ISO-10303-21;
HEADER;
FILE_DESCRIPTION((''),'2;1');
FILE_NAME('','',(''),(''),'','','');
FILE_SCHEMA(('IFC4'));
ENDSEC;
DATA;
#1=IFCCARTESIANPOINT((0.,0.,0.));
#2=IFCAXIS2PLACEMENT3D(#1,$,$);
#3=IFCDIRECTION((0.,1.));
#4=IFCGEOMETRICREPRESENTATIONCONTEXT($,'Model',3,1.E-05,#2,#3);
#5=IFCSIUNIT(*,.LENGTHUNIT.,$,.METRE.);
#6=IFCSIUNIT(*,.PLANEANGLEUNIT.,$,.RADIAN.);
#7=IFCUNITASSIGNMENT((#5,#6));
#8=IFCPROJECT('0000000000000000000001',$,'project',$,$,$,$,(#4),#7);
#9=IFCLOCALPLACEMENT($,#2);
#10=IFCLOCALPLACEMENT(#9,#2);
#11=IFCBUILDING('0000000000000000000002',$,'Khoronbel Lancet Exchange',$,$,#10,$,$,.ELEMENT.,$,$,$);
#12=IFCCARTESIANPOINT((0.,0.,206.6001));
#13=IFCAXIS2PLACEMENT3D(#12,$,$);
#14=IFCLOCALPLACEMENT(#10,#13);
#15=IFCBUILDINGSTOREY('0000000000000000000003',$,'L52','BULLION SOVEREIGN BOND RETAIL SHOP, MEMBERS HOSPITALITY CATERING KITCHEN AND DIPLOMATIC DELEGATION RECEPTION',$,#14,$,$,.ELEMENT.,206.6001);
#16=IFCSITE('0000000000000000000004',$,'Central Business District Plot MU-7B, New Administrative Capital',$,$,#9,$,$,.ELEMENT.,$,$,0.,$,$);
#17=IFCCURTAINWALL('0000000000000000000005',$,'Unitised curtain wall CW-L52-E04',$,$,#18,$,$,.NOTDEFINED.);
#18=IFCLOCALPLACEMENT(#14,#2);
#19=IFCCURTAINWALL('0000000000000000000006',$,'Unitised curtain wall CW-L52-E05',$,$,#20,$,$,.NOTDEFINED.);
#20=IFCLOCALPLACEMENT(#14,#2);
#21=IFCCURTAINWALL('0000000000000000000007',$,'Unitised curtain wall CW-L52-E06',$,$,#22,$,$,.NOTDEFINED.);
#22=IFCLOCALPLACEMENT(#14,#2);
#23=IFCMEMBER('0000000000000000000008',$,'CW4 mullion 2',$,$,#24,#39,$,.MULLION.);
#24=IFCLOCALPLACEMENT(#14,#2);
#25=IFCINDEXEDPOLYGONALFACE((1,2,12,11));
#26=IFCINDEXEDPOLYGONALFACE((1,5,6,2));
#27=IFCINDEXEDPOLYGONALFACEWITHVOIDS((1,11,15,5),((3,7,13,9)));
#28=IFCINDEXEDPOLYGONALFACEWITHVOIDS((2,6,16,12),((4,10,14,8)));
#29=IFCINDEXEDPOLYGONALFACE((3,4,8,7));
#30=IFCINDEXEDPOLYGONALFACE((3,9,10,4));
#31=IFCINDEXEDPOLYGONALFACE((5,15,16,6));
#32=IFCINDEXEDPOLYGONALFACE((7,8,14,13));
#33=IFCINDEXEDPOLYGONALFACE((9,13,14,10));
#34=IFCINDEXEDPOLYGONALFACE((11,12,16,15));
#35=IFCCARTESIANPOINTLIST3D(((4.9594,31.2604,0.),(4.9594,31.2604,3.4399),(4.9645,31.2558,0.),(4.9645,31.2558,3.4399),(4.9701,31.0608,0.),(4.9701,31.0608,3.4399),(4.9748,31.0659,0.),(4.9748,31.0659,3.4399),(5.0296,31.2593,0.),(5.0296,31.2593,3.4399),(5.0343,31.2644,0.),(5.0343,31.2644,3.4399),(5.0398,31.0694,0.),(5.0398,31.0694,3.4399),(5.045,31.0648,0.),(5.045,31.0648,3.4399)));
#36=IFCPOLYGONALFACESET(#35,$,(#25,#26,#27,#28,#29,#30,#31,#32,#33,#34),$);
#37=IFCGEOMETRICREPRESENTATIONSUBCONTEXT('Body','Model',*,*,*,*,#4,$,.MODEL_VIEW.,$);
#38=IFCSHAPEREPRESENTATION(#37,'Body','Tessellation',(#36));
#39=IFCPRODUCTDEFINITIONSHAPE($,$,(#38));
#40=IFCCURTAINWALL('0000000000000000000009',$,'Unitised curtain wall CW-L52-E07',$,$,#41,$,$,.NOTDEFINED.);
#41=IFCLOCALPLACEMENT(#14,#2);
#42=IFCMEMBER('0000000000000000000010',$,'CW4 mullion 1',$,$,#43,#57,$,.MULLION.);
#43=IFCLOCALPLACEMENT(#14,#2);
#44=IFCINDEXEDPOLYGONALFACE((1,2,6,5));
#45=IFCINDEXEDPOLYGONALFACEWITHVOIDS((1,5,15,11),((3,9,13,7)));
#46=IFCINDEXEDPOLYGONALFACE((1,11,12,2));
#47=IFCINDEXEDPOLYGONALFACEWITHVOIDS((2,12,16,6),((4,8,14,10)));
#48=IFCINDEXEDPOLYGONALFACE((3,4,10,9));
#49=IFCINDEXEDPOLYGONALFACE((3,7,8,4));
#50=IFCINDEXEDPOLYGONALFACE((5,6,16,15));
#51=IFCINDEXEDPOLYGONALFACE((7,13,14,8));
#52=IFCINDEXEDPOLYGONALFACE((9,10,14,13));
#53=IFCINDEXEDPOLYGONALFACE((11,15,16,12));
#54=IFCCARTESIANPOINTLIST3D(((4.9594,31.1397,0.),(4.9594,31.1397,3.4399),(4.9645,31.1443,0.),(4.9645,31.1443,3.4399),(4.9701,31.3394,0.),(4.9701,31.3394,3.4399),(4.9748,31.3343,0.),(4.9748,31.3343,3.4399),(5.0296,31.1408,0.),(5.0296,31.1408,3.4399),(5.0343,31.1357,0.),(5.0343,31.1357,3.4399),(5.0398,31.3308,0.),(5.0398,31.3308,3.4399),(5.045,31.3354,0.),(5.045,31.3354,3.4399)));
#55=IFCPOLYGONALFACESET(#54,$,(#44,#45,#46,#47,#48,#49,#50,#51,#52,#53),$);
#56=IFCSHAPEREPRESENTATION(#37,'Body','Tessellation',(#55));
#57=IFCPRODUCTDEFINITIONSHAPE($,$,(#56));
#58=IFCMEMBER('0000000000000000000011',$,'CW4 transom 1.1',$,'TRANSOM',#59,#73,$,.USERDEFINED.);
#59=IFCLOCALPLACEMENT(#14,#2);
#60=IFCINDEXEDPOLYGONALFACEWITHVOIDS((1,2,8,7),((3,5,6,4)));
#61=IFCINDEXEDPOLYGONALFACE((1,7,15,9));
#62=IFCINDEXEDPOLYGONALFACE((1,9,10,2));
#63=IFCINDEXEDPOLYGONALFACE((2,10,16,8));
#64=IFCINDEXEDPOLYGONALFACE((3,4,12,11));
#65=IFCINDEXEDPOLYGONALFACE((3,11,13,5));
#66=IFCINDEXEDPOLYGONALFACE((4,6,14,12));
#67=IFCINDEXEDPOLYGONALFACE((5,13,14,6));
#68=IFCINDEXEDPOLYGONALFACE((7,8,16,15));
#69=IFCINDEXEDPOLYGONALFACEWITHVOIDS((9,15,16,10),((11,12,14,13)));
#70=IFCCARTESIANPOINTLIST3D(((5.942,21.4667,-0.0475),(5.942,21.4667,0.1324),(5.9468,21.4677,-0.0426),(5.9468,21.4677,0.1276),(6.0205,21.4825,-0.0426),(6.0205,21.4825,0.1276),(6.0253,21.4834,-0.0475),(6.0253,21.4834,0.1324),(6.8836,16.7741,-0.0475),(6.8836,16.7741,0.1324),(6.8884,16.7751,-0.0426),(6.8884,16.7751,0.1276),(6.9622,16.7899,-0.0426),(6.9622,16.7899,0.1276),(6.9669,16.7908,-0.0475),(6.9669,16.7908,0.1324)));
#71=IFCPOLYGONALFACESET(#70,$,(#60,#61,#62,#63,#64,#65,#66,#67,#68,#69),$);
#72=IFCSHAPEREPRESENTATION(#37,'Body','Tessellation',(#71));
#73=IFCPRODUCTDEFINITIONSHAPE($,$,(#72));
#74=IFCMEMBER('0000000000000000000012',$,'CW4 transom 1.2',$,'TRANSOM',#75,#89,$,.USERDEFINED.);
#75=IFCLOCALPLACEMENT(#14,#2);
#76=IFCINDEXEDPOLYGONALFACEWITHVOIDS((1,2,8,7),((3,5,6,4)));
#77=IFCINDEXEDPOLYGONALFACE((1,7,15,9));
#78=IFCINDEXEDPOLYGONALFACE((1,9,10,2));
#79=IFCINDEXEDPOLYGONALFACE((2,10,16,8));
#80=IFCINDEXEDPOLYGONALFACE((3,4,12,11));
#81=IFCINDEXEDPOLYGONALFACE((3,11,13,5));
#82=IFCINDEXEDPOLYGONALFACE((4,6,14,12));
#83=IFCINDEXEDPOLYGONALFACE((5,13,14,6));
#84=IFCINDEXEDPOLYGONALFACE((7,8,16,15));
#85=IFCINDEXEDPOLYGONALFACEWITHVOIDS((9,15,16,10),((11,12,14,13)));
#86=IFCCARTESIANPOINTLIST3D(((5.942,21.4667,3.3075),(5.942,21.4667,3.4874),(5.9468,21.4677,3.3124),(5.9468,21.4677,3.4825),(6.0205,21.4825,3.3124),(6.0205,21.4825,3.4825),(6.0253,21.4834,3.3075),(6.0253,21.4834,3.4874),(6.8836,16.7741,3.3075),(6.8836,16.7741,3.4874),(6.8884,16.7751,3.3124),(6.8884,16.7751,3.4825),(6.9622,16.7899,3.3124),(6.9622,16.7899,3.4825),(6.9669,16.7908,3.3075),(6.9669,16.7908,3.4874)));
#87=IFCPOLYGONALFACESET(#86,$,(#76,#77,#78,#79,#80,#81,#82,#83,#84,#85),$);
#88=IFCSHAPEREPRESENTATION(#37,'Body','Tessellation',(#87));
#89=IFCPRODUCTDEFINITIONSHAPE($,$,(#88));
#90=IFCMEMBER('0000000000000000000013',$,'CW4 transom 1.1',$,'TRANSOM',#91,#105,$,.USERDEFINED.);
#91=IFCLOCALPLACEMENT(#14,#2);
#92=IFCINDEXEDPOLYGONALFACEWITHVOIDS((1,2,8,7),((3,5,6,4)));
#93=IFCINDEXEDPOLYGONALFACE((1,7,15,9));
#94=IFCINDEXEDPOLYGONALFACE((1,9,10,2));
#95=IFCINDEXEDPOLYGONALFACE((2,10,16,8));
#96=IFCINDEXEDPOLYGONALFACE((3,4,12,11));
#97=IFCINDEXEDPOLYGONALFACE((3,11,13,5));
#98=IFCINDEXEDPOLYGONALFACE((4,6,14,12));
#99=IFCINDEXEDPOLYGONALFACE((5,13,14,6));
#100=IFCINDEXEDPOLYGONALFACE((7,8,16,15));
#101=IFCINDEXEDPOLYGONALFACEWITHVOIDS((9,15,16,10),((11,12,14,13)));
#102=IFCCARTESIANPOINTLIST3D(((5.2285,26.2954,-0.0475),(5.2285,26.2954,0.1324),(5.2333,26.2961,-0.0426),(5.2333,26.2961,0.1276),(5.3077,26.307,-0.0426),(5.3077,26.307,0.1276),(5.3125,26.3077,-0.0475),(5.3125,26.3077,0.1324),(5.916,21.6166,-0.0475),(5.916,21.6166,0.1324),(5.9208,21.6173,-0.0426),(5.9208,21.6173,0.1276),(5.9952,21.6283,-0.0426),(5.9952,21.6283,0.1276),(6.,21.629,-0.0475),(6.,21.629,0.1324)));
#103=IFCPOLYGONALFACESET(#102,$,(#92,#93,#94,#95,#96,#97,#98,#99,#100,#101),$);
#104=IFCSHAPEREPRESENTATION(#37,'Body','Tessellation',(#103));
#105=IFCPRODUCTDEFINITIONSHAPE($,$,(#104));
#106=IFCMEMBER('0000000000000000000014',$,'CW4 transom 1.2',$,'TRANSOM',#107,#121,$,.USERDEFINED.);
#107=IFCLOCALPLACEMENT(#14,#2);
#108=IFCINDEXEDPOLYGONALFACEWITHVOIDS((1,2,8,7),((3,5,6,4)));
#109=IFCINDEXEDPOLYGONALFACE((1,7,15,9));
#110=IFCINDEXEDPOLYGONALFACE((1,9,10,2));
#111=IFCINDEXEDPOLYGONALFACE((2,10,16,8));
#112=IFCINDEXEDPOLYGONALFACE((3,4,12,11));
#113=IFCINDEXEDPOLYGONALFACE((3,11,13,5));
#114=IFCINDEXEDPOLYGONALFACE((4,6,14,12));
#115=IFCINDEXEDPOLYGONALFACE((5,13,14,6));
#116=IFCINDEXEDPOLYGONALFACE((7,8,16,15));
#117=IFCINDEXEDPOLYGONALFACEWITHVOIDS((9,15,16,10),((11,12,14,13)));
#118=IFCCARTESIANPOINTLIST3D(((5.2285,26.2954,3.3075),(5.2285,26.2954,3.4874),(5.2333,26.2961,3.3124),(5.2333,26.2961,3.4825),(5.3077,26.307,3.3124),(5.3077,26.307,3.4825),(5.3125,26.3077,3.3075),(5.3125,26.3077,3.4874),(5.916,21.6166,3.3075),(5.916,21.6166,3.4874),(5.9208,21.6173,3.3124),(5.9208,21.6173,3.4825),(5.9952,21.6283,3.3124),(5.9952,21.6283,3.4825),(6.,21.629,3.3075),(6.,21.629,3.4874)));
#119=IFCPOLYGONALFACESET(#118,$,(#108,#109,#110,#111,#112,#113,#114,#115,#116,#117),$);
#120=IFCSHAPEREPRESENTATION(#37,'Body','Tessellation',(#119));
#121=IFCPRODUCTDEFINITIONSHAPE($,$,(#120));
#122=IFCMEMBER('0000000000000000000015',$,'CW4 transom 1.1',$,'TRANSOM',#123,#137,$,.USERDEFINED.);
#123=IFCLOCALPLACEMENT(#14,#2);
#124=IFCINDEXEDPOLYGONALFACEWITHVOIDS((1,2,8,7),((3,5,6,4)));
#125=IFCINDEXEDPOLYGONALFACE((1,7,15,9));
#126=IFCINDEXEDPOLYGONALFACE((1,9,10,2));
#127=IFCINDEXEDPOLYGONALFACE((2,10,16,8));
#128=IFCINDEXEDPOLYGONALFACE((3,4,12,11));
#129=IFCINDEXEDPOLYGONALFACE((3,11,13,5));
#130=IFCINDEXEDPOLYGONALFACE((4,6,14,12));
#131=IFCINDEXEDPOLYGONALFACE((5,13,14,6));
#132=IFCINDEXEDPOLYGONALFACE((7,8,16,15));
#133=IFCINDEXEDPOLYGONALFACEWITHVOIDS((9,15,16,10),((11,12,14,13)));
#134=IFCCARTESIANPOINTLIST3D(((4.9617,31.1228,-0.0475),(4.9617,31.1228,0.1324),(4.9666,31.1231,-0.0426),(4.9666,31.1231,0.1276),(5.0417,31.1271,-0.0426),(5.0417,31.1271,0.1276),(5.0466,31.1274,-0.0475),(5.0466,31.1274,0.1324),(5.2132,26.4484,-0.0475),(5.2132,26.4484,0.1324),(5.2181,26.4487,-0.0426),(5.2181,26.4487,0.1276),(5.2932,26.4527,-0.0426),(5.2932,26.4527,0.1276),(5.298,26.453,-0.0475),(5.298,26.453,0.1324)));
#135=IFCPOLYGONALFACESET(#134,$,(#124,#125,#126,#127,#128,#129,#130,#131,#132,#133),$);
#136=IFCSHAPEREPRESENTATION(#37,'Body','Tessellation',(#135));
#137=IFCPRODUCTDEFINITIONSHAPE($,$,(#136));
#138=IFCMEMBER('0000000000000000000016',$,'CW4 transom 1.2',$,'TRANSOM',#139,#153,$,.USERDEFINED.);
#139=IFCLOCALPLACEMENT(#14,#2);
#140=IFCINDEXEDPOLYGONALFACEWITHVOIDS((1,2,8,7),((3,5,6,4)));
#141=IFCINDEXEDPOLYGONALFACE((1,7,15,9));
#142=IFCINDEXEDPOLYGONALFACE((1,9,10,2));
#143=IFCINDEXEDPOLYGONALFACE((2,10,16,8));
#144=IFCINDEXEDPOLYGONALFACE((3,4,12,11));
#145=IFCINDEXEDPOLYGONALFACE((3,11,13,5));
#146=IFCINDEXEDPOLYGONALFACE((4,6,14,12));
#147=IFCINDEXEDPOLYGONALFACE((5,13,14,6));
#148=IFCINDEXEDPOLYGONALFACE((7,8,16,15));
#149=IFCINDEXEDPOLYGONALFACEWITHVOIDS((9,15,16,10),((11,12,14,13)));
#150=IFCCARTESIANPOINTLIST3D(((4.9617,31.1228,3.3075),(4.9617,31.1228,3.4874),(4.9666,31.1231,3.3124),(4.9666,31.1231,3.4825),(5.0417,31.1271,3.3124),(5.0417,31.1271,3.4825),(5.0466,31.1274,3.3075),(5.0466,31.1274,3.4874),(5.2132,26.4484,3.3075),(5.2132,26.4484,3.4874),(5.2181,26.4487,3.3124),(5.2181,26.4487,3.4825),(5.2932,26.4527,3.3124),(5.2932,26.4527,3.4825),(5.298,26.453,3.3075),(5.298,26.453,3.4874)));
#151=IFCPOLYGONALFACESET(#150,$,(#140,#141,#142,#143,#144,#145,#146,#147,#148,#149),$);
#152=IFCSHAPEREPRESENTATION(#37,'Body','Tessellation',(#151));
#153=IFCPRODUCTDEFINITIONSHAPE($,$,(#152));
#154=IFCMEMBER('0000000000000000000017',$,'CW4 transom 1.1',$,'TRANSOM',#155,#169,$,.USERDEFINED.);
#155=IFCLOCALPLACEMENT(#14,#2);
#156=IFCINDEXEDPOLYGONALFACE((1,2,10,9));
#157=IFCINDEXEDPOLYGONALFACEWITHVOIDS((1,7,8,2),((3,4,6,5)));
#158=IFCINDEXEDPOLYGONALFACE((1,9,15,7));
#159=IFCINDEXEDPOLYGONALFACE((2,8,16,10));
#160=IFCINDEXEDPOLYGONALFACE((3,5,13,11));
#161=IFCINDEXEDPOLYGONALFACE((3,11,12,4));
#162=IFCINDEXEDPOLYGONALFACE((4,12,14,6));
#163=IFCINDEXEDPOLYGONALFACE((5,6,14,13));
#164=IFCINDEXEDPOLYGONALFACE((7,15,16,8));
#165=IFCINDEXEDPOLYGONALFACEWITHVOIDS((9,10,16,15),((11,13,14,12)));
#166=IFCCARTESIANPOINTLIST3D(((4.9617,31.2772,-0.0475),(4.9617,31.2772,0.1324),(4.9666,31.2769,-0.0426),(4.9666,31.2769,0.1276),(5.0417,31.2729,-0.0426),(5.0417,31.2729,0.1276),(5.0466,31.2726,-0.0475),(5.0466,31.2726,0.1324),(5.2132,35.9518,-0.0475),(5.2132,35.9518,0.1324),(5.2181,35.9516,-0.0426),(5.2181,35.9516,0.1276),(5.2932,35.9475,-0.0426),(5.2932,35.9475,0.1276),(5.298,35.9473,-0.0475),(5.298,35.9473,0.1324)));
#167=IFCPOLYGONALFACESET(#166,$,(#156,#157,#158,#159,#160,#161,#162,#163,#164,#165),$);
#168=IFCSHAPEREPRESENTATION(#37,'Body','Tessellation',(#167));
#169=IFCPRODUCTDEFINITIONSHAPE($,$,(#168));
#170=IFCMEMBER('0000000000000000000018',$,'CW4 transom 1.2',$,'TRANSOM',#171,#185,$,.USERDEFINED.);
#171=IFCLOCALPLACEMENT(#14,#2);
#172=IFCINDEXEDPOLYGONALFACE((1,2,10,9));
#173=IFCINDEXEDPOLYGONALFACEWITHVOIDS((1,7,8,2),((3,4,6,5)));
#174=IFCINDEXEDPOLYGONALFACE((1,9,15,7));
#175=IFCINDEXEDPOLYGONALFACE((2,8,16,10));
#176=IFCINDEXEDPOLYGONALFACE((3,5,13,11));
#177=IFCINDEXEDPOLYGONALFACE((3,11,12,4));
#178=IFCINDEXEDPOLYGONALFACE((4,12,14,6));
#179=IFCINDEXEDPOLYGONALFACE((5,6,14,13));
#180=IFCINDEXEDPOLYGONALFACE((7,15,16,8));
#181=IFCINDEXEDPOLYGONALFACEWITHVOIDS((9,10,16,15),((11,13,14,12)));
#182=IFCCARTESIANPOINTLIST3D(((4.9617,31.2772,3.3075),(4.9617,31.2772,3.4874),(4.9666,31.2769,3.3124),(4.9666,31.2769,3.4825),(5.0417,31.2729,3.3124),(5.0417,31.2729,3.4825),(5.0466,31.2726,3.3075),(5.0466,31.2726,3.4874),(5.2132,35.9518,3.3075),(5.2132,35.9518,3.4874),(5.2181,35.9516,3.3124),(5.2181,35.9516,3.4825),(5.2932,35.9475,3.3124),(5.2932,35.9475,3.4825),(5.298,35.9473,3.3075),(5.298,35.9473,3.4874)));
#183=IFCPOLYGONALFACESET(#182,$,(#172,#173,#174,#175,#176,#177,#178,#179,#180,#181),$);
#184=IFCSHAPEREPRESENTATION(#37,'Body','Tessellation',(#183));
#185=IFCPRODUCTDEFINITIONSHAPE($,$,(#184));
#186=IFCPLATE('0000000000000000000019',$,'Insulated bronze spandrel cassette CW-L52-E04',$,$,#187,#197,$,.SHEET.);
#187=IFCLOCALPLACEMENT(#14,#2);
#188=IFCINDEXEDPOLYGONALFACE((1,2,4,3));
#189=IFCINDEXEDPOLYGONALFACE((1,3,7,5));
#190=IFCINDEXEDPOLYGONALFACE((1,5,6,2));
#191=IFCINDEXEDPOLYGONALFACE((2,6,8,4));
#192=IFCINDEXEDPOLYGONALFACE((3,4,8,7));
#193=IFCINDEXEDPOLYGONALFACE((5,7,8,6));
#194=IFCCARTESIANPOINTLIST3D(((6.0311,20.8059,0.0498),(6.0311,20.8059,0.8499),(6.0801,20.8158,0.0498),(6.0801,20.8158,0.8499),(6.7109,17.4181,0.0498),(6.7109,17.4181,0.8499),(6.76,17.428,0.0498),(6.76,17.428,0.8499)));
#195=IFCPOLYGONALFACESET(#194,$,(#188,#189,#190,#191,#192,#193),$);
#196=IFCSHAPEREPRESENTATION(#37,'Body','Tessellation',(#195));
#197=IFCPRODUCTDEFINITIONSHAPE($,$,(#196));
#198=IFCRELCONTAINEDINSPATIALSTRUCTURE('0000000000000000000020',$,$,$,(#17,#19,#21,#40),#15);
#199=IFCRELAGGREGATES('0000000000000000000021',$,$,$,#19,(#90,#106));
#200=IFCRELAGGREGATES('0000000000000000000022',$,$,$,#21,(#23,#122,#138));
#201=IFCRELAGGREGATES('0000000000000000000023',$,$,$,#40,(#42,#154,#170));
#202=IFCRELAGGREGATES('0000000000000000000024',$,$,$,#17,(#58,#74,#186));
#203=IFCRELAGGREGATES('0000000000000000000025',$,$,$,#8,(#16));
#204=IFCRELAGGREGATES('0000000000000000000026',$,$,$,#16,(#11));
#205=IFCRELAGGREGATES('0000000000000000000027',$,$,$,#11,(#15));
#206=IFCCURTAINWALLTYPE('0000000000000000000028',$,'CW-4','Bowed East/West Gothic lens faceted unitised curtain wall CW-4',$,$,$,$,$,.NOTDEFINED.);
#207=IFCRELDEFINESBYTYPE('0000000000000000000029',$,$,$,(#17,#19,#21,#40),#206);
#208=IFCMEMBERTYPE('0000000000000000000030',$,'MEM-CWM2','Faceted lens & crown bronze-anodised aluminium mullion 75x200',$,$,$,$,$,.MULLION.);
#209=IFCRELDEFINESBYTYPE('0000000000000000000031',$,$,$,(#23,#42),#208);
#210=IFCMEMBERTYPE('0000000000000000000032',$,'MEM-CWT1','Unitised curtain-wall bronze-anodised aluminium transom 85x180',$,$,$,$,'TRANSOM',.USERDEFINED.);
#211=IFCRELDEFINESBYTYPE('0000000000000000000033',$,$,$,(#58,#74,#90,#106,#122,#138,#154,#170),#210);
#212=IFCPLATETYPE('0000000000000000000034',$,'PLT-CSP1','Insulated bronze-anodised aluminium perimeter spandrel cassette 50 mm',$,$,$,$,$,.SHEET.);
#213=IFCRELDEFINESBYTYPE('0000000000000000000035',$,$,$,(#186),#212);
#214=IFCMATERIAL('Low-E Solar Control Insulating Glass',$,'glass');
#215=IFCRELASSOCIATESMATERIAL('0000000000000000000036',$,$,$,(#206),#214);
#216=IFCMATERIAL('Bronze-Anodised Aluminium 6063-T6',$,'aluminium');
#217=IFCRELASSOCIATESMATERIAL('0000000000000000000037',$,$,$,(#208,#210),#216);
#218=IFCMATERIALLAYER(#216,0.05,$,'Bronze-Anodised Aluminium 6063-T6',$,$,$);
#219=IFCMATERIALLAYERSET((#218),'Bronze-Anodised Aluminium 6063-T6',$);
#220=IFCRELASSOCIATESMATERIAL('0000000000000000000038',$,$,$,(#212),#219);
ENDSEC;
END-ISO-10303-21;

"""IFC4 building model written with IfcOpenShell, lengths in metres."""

from ifc_helpers import new_model, si_unit, direction, frame, origin, origin_2d, place, context, subcontext, project, spatial, rectangle, hollow_rectangle, extrude, material, layer, layer_set, material_profile, profile_set, type_object, element, aggregate, save


model = new_model("IFC4")

# Units and contexts
model_context = context("Model", 3, precision=1e-05, world=origin(), true_north=direction((0.0, 1.0)))
body_context = subcontext(model_context, "Body", "Model", "MODEL_VIEW")
ifc_project = project(units=[si_unit("LENGTHUNIT", "METRE"), si_unit("PLANEANGLEUNIT", "RADIAN")], contexts=[model_context])

# Site, building, storey
site_placement = place(None, origin())
site = spatial("IfcSite", under=ifc_project, at=site_placement, Name="Central Business District Plot MU-7B, New Administrative Capital", CompositionType="ELEMENT", RefElevation=0.0)
building_placement = place(site_placement, origin())
building = spatial("IfcBuilding", under=site, at=building_placement, Name="Khoronbel Lancet Exchange", CompositionType="ELEMENT")
storey_placement = place(building_placement, frame((0.0, 0.0, 206.6001)))
storey = spatial("IfcBuildingStorey", under=building, at=storey_placement, Name="L52", Description="BULLION SOVEREIGN BOND RETAIL SHOP, MEMBERS HOSPITALITY CATERING KITCHEN AND DIPLOMATIC DELEGATION RECEPTION", CompositionType="ELEMENT", Elevation=206.6001)

# Curtain walls, member
ifc_material_1 = material(Name="Low-E Solar Control Insulating Glass", Category="glass")
curtain_wall_type = type_object("IfcCurtainWallType", Name="CW-4", Description="Bowed East/West Gothic lens faceted unitised curtain wall CW-4", PredefinedType="NOTDEFINED", material=ifc_material_1)
curtain_wall_1_placement = place(storey_placement, origin())
curtain_wall_1 = element("IfcCurtainWall", 1, at=curtain_wall_1_placement, inside=storey, type_object=curtain_wall_type, Name="Unitised curtain wall CW-L52-E04", PredefinedType="NOTDEFINED")
ifc_material_2 = material(Name="Bronze-Anodised Aluminium 6063-T6", Category="aluminium")
ifc_material_profile_1 = material_profile(ifc_material_2, hollow_rectangle(XDim=0.075, YDim=0.2, WallThickness=0.0049, at=origin_2d()), Name="ALU MULLION 75x200")
ifc_profile_set_1 = profile_set([ifc_material_profile_1], Name="Bronze-Anodised Aluminium 6063-T6")
member_type_1 = type_object("IfcMemberType", Name="MEM-CWM2", Description="Faceted lens & crown bronze-anodised aluminium mullion 75x200", PredefinedType="MULLION", material=ifc_profile_set_1)
curtain_wall_2_placement = place(storey_placement, origin())
curtain_wall_2 = element("IfcCurtainWall", 2, at=curtain_wall_2_placement, inside=storey, type_object=curtain_wall_type, Name="Unitised curtain wall CW-L52-E05", PredefinedType="NOTDEFINED")
curtain_wall_3_placement = place(storey_placement, origin())
curtain_wall_3 = element("IfcCurtainWall", 3, at=curtain_wall_3_placement, inside=storey, type_object=curtain_wall_type, Name="Unitised curtain wall CW-L52-E06", PredefinedType="NOTDEFINED")
member_1_placement = place(storey_placement, frame((5.0022, 31.1626, 0.0), z_axis=(0.0, 0.0, 1.0), x_axis=(-0.998558, -0.053692, 0.0)))
member_1 = element("IfcMember", 4, at=member_1_placement, type_object=member_type_1, Name="CW4 mullion 2", PredefinedType="MULLION", context=body_context, shape_type="SweptSolid", body=[
    extrude(hollow_rectangle(XDim=0.075, YDim=0.2, WallThickness=0.0049, at=origin_2d()), origin(), (0.0, 0.0, 1.0), 3.4399),
])

# Curtain wall, member
curtain_wall_4_placement = place(storey_placement, origin())
curtain_wall_4 = element("IfcCurtainWall", 5, at=curtain_wall_4_placement, inside=storey, type_object=curtain_wall_type, Name="Unitised curtain wall CW-L52-E07", PredefinedType="NOTDEFINED")
member_2_placement = place(storey_placement, frame((5.0022, 31.2375, 0.0), z_axis=(0.0, 0.0, 1.0), x_axis=(-0.998558, 0.053692, 0.0)))
member_2 = element("IfcMember", 6, at=member_2_placement, type_object=member_type_1, Name="CW4 mullion 1", PredefinedType="MULLION", context=body_context, shape_type="SweptSolid", body=[
    extrude(hollow_rectangle(XDim=0.075, YDim=0.2, WallThickness=0.0049, at=origin_2d()), origin(), (0.0, 0.0, 1.0), 3.4399),
])

# Members
ifc_material_profile_2 = material_profile(ifc_material_2, hollow_rectangle(XDim=0.085, YDim=0.1799, WallThickness=0.0049, at=origin_2d()), Name="ALU TRANSOM 85x180")
ifc_profile_set_2 = profile_set([ifc_material_profile_2], Name="Bronze-Anodised Aluminium 6063-T6")
member_type_2 = type_object("IfcMemberType", Name="MEM-CWT1", Description="Unitised curtain-wall bronze-anodised aluminium transom 85x180", ElementType="TRANSOM", PredefinedType="USERDEFINED", material=ifc_profile_set_2)
member_3_placement = place(storey_placement, frame((6.9253, 16.7825, 0.0425), z_axis=(-0.196744, 0.980455, 0.0), x_axis=(-0.980455, -0.196744, 0.0)))
member_3 = element("IfcMember", 7, at=member_3_placement, type_object=member_type_2, Name="CW4 transom 1.1", ObjectType="TRANSOM", PredefinedType="USERDEFINED", context=body_context, shape_type="SweptSolid", body=[
    extrude(hollow_rectangle(XDim=0.085, YDim=0.1799, WallThickness=0.0049, at=origin_2d()), origin(), (0.0, 0.0, 1.0), 4.7861),
])
member_4_placement = place(storey_placement, frame((6.9253, 16.7825, 3.3975), z_axis=(-0.196744, 0.980455, 0.0), x_axis=(-0.980455, -0.196744, 0.0)))
member_4 = element("IfcMember", 8, at=member_4_placement, type_object=member_type_2, Name="CW4 transom 1.2", ObjectType="TRANSOM", PredefinedType="USERDEFINED", context=body_context, shape_type="SweptSolid", body=[
    extrude(hollow_rectangle(XDim=0.085, YDim=0.1799, WallThickness=0.0049, at=origin_2d()), origin(), (0.0, 0.0, 1.0), 4.7861),
])
member_5_placement = place(storey_placement, frame((5.958, 21.6228, 0.0425), z_axis=(-0.145381, 0.989376, 0.0), x_axis=(-0.989376, -0.145381, 0.0)))
member_5 = element("IfcMember", 9, at=member_5_placement, type_object=member_type_2, Name="CW4 transom 1.1", ObjectType="TRANSOM", PredefinedType="USERDEFINED", context=body_context, shape_type="SweptSolid", body=[
    extrude(hollow_rectangle(XDim=0.085, YDim=0.1799, WallThickness=0.0049, at=origin_2d()), origin(), (0.0, 0.0, 1.0), 4.729),
])
member_6_placement = place(storey_placement, frame((5.958, 21.6228, 3.3975), z_axis=(-0.145381, 0.989376, 0.0), x_axis=(-0.989376, -0.145381, 0.0)))
member_6 = element("IfcMember", 10, at=member_6_placement, type_object=member_type_2, Name="CW4 transom 1.2", ObjectType="TRANSOM", PredefinedType="USERDEFINED", context=body_context, shape_type="SweptSolid", body=[
    extrude(hollow_rectangle(XDim=0.085, YDim=0.1799, WallThickness=0.0049, at=origin_2d()), origin(), (0.0, 0.0, 1.0), 4.729),
])
member_7_placement = place(storey_placement, frame((5.2556, 26.4507, 0.0425), z_axis=(-0.053719, 0.998556, 0.0), x_axis=(-0.998556, -0.053719, 0.0)))
member_7 = element("IfcMember", 11, at=member_7_placement, type_object=member_type_2, Name="CW4 transom 1.1", ObjectType="TRANSOM", PredefinedType="USERDEFINED", context=body_context, shape_type="SweptSolid", body=[
    extrude(hollow_rectangle(XDim=0.085, YDim=0.1799, WallThickness=0.0049, at=origin_2d()), origin(), (0.0, 0.0, 1.0), 4.6812),
])
member_8_placement = place(storey_placement, frame((5.2556, 26.4507, 3.3975), z_axis=(-0.053719, 0.998556, 0.0), x_axis=(-0.998556, -0.053719, 0.0)))
member_8 = element("IfcMember", 12, at=member_8_placement, type_object=member_type_2, Name="CW4 transom 1.2", ObjectType="TRANSOM", PredefinedType="USERDEFINED", context=body_context, shape_type="SweptSolid", body=[
    extrude(hollow_rectangle(XDim=0.085, YDim=0.1799, WallThickness=0.0049, at=origin_2d()), origin(), (0.0, 0.0, 1.0), 4.6812),
])
member_9_placement = place(storey_placement, frame((5.0042, 31.2749, 0.0425), z_axis=(0.053717, 0.998556, 0.0), x_axis=(-0.998556, 0.053717, 0.0)))
member_9 = element("IfcMember", 13, at=member_9_placement, type_object=member_type_2, Name="CW4 transom 1.1", ObjectType="TRANSOM", PredefinedType="USERDEFINED", context=body_context, shape_type="SweptSolid", body=[
    extrude(hollow_rectangle(XDim=0.085, YDim=0.1799, WallThickness=0.0049, at=origin_2d()), origin(), (0.0, 0.0, 1.0), 4.6814),
])
member_10_placement = place(storey_placement, frame((5.0042, 31.2749, 3.3975), z_axis=(0.053717, 0.998556, 0.0), x_axis=(-0.998556, 0.053717, 0.0)))
member_10 = element("IfcMember", 14, at=member_10_placement, type_object=member_type_2, Name="CW4 transom 1.2", ObjectType="TRANSOM", PredefinedType="USERDEFINED", context=body_context, shape_type="SweptSolid", body=[
    extrude(hollow_rectangle(XDim=0.085, YDim=0.1799, WallThickness=0.0049, at=origin_2d()), origin(), (0.0, 0.0, 1.0), 4.6814),
])

# Plate
ifc_layer_1 = layer(ifc_material_2, 0.05, Name="Bronze-Anodised Aluminium 6063-T6")
ifc_layer_set_1 = layer_set([ifc_layer_1], Name="Bronze-Anodised Aluminium 6063-T6")
plate_type_1 = type_object("IfcPlateType", Name="PLT-CSP1", Description="Insulated bronze-anodised aluminium perimeter spandrel cassette 50 mm", PredefinedType="SHEET", material=ifc_layer_set_1)
plate_1_placement = place(storey_placement, frame((6.3955, 19.1169, 0.0498), z_axis=(0.0, 0.0, 1.0), x_axis=(-0.196747, 0.980454, 0.0)))
plate_1 = element("IfcPlate", 15, at=plate_1_placement, type_object=plate_type_1, Name="Insulated bronze spandrel cassette CW-L52-E04", PredefinedType="SHEET", context=body_context, shape_type="SweptSolid", body=[
    extrude(rectangle(XDim=3.4553, YDim=0.05, at=origin_2d()), origin(), (0.0, 0.0, 1.0), 0.8),
])
aggregate(curtain_wall_2, [member_5, member_6])
aggregate(curtain_wall_3, [member_1, member_7, member_8])
aggregate(curtain_wall_4, [member_2, member_9, member_10])
aggregate(curtain_wall_1, [member_3, member_4, plate_1])

save(model, "model.ifc")
